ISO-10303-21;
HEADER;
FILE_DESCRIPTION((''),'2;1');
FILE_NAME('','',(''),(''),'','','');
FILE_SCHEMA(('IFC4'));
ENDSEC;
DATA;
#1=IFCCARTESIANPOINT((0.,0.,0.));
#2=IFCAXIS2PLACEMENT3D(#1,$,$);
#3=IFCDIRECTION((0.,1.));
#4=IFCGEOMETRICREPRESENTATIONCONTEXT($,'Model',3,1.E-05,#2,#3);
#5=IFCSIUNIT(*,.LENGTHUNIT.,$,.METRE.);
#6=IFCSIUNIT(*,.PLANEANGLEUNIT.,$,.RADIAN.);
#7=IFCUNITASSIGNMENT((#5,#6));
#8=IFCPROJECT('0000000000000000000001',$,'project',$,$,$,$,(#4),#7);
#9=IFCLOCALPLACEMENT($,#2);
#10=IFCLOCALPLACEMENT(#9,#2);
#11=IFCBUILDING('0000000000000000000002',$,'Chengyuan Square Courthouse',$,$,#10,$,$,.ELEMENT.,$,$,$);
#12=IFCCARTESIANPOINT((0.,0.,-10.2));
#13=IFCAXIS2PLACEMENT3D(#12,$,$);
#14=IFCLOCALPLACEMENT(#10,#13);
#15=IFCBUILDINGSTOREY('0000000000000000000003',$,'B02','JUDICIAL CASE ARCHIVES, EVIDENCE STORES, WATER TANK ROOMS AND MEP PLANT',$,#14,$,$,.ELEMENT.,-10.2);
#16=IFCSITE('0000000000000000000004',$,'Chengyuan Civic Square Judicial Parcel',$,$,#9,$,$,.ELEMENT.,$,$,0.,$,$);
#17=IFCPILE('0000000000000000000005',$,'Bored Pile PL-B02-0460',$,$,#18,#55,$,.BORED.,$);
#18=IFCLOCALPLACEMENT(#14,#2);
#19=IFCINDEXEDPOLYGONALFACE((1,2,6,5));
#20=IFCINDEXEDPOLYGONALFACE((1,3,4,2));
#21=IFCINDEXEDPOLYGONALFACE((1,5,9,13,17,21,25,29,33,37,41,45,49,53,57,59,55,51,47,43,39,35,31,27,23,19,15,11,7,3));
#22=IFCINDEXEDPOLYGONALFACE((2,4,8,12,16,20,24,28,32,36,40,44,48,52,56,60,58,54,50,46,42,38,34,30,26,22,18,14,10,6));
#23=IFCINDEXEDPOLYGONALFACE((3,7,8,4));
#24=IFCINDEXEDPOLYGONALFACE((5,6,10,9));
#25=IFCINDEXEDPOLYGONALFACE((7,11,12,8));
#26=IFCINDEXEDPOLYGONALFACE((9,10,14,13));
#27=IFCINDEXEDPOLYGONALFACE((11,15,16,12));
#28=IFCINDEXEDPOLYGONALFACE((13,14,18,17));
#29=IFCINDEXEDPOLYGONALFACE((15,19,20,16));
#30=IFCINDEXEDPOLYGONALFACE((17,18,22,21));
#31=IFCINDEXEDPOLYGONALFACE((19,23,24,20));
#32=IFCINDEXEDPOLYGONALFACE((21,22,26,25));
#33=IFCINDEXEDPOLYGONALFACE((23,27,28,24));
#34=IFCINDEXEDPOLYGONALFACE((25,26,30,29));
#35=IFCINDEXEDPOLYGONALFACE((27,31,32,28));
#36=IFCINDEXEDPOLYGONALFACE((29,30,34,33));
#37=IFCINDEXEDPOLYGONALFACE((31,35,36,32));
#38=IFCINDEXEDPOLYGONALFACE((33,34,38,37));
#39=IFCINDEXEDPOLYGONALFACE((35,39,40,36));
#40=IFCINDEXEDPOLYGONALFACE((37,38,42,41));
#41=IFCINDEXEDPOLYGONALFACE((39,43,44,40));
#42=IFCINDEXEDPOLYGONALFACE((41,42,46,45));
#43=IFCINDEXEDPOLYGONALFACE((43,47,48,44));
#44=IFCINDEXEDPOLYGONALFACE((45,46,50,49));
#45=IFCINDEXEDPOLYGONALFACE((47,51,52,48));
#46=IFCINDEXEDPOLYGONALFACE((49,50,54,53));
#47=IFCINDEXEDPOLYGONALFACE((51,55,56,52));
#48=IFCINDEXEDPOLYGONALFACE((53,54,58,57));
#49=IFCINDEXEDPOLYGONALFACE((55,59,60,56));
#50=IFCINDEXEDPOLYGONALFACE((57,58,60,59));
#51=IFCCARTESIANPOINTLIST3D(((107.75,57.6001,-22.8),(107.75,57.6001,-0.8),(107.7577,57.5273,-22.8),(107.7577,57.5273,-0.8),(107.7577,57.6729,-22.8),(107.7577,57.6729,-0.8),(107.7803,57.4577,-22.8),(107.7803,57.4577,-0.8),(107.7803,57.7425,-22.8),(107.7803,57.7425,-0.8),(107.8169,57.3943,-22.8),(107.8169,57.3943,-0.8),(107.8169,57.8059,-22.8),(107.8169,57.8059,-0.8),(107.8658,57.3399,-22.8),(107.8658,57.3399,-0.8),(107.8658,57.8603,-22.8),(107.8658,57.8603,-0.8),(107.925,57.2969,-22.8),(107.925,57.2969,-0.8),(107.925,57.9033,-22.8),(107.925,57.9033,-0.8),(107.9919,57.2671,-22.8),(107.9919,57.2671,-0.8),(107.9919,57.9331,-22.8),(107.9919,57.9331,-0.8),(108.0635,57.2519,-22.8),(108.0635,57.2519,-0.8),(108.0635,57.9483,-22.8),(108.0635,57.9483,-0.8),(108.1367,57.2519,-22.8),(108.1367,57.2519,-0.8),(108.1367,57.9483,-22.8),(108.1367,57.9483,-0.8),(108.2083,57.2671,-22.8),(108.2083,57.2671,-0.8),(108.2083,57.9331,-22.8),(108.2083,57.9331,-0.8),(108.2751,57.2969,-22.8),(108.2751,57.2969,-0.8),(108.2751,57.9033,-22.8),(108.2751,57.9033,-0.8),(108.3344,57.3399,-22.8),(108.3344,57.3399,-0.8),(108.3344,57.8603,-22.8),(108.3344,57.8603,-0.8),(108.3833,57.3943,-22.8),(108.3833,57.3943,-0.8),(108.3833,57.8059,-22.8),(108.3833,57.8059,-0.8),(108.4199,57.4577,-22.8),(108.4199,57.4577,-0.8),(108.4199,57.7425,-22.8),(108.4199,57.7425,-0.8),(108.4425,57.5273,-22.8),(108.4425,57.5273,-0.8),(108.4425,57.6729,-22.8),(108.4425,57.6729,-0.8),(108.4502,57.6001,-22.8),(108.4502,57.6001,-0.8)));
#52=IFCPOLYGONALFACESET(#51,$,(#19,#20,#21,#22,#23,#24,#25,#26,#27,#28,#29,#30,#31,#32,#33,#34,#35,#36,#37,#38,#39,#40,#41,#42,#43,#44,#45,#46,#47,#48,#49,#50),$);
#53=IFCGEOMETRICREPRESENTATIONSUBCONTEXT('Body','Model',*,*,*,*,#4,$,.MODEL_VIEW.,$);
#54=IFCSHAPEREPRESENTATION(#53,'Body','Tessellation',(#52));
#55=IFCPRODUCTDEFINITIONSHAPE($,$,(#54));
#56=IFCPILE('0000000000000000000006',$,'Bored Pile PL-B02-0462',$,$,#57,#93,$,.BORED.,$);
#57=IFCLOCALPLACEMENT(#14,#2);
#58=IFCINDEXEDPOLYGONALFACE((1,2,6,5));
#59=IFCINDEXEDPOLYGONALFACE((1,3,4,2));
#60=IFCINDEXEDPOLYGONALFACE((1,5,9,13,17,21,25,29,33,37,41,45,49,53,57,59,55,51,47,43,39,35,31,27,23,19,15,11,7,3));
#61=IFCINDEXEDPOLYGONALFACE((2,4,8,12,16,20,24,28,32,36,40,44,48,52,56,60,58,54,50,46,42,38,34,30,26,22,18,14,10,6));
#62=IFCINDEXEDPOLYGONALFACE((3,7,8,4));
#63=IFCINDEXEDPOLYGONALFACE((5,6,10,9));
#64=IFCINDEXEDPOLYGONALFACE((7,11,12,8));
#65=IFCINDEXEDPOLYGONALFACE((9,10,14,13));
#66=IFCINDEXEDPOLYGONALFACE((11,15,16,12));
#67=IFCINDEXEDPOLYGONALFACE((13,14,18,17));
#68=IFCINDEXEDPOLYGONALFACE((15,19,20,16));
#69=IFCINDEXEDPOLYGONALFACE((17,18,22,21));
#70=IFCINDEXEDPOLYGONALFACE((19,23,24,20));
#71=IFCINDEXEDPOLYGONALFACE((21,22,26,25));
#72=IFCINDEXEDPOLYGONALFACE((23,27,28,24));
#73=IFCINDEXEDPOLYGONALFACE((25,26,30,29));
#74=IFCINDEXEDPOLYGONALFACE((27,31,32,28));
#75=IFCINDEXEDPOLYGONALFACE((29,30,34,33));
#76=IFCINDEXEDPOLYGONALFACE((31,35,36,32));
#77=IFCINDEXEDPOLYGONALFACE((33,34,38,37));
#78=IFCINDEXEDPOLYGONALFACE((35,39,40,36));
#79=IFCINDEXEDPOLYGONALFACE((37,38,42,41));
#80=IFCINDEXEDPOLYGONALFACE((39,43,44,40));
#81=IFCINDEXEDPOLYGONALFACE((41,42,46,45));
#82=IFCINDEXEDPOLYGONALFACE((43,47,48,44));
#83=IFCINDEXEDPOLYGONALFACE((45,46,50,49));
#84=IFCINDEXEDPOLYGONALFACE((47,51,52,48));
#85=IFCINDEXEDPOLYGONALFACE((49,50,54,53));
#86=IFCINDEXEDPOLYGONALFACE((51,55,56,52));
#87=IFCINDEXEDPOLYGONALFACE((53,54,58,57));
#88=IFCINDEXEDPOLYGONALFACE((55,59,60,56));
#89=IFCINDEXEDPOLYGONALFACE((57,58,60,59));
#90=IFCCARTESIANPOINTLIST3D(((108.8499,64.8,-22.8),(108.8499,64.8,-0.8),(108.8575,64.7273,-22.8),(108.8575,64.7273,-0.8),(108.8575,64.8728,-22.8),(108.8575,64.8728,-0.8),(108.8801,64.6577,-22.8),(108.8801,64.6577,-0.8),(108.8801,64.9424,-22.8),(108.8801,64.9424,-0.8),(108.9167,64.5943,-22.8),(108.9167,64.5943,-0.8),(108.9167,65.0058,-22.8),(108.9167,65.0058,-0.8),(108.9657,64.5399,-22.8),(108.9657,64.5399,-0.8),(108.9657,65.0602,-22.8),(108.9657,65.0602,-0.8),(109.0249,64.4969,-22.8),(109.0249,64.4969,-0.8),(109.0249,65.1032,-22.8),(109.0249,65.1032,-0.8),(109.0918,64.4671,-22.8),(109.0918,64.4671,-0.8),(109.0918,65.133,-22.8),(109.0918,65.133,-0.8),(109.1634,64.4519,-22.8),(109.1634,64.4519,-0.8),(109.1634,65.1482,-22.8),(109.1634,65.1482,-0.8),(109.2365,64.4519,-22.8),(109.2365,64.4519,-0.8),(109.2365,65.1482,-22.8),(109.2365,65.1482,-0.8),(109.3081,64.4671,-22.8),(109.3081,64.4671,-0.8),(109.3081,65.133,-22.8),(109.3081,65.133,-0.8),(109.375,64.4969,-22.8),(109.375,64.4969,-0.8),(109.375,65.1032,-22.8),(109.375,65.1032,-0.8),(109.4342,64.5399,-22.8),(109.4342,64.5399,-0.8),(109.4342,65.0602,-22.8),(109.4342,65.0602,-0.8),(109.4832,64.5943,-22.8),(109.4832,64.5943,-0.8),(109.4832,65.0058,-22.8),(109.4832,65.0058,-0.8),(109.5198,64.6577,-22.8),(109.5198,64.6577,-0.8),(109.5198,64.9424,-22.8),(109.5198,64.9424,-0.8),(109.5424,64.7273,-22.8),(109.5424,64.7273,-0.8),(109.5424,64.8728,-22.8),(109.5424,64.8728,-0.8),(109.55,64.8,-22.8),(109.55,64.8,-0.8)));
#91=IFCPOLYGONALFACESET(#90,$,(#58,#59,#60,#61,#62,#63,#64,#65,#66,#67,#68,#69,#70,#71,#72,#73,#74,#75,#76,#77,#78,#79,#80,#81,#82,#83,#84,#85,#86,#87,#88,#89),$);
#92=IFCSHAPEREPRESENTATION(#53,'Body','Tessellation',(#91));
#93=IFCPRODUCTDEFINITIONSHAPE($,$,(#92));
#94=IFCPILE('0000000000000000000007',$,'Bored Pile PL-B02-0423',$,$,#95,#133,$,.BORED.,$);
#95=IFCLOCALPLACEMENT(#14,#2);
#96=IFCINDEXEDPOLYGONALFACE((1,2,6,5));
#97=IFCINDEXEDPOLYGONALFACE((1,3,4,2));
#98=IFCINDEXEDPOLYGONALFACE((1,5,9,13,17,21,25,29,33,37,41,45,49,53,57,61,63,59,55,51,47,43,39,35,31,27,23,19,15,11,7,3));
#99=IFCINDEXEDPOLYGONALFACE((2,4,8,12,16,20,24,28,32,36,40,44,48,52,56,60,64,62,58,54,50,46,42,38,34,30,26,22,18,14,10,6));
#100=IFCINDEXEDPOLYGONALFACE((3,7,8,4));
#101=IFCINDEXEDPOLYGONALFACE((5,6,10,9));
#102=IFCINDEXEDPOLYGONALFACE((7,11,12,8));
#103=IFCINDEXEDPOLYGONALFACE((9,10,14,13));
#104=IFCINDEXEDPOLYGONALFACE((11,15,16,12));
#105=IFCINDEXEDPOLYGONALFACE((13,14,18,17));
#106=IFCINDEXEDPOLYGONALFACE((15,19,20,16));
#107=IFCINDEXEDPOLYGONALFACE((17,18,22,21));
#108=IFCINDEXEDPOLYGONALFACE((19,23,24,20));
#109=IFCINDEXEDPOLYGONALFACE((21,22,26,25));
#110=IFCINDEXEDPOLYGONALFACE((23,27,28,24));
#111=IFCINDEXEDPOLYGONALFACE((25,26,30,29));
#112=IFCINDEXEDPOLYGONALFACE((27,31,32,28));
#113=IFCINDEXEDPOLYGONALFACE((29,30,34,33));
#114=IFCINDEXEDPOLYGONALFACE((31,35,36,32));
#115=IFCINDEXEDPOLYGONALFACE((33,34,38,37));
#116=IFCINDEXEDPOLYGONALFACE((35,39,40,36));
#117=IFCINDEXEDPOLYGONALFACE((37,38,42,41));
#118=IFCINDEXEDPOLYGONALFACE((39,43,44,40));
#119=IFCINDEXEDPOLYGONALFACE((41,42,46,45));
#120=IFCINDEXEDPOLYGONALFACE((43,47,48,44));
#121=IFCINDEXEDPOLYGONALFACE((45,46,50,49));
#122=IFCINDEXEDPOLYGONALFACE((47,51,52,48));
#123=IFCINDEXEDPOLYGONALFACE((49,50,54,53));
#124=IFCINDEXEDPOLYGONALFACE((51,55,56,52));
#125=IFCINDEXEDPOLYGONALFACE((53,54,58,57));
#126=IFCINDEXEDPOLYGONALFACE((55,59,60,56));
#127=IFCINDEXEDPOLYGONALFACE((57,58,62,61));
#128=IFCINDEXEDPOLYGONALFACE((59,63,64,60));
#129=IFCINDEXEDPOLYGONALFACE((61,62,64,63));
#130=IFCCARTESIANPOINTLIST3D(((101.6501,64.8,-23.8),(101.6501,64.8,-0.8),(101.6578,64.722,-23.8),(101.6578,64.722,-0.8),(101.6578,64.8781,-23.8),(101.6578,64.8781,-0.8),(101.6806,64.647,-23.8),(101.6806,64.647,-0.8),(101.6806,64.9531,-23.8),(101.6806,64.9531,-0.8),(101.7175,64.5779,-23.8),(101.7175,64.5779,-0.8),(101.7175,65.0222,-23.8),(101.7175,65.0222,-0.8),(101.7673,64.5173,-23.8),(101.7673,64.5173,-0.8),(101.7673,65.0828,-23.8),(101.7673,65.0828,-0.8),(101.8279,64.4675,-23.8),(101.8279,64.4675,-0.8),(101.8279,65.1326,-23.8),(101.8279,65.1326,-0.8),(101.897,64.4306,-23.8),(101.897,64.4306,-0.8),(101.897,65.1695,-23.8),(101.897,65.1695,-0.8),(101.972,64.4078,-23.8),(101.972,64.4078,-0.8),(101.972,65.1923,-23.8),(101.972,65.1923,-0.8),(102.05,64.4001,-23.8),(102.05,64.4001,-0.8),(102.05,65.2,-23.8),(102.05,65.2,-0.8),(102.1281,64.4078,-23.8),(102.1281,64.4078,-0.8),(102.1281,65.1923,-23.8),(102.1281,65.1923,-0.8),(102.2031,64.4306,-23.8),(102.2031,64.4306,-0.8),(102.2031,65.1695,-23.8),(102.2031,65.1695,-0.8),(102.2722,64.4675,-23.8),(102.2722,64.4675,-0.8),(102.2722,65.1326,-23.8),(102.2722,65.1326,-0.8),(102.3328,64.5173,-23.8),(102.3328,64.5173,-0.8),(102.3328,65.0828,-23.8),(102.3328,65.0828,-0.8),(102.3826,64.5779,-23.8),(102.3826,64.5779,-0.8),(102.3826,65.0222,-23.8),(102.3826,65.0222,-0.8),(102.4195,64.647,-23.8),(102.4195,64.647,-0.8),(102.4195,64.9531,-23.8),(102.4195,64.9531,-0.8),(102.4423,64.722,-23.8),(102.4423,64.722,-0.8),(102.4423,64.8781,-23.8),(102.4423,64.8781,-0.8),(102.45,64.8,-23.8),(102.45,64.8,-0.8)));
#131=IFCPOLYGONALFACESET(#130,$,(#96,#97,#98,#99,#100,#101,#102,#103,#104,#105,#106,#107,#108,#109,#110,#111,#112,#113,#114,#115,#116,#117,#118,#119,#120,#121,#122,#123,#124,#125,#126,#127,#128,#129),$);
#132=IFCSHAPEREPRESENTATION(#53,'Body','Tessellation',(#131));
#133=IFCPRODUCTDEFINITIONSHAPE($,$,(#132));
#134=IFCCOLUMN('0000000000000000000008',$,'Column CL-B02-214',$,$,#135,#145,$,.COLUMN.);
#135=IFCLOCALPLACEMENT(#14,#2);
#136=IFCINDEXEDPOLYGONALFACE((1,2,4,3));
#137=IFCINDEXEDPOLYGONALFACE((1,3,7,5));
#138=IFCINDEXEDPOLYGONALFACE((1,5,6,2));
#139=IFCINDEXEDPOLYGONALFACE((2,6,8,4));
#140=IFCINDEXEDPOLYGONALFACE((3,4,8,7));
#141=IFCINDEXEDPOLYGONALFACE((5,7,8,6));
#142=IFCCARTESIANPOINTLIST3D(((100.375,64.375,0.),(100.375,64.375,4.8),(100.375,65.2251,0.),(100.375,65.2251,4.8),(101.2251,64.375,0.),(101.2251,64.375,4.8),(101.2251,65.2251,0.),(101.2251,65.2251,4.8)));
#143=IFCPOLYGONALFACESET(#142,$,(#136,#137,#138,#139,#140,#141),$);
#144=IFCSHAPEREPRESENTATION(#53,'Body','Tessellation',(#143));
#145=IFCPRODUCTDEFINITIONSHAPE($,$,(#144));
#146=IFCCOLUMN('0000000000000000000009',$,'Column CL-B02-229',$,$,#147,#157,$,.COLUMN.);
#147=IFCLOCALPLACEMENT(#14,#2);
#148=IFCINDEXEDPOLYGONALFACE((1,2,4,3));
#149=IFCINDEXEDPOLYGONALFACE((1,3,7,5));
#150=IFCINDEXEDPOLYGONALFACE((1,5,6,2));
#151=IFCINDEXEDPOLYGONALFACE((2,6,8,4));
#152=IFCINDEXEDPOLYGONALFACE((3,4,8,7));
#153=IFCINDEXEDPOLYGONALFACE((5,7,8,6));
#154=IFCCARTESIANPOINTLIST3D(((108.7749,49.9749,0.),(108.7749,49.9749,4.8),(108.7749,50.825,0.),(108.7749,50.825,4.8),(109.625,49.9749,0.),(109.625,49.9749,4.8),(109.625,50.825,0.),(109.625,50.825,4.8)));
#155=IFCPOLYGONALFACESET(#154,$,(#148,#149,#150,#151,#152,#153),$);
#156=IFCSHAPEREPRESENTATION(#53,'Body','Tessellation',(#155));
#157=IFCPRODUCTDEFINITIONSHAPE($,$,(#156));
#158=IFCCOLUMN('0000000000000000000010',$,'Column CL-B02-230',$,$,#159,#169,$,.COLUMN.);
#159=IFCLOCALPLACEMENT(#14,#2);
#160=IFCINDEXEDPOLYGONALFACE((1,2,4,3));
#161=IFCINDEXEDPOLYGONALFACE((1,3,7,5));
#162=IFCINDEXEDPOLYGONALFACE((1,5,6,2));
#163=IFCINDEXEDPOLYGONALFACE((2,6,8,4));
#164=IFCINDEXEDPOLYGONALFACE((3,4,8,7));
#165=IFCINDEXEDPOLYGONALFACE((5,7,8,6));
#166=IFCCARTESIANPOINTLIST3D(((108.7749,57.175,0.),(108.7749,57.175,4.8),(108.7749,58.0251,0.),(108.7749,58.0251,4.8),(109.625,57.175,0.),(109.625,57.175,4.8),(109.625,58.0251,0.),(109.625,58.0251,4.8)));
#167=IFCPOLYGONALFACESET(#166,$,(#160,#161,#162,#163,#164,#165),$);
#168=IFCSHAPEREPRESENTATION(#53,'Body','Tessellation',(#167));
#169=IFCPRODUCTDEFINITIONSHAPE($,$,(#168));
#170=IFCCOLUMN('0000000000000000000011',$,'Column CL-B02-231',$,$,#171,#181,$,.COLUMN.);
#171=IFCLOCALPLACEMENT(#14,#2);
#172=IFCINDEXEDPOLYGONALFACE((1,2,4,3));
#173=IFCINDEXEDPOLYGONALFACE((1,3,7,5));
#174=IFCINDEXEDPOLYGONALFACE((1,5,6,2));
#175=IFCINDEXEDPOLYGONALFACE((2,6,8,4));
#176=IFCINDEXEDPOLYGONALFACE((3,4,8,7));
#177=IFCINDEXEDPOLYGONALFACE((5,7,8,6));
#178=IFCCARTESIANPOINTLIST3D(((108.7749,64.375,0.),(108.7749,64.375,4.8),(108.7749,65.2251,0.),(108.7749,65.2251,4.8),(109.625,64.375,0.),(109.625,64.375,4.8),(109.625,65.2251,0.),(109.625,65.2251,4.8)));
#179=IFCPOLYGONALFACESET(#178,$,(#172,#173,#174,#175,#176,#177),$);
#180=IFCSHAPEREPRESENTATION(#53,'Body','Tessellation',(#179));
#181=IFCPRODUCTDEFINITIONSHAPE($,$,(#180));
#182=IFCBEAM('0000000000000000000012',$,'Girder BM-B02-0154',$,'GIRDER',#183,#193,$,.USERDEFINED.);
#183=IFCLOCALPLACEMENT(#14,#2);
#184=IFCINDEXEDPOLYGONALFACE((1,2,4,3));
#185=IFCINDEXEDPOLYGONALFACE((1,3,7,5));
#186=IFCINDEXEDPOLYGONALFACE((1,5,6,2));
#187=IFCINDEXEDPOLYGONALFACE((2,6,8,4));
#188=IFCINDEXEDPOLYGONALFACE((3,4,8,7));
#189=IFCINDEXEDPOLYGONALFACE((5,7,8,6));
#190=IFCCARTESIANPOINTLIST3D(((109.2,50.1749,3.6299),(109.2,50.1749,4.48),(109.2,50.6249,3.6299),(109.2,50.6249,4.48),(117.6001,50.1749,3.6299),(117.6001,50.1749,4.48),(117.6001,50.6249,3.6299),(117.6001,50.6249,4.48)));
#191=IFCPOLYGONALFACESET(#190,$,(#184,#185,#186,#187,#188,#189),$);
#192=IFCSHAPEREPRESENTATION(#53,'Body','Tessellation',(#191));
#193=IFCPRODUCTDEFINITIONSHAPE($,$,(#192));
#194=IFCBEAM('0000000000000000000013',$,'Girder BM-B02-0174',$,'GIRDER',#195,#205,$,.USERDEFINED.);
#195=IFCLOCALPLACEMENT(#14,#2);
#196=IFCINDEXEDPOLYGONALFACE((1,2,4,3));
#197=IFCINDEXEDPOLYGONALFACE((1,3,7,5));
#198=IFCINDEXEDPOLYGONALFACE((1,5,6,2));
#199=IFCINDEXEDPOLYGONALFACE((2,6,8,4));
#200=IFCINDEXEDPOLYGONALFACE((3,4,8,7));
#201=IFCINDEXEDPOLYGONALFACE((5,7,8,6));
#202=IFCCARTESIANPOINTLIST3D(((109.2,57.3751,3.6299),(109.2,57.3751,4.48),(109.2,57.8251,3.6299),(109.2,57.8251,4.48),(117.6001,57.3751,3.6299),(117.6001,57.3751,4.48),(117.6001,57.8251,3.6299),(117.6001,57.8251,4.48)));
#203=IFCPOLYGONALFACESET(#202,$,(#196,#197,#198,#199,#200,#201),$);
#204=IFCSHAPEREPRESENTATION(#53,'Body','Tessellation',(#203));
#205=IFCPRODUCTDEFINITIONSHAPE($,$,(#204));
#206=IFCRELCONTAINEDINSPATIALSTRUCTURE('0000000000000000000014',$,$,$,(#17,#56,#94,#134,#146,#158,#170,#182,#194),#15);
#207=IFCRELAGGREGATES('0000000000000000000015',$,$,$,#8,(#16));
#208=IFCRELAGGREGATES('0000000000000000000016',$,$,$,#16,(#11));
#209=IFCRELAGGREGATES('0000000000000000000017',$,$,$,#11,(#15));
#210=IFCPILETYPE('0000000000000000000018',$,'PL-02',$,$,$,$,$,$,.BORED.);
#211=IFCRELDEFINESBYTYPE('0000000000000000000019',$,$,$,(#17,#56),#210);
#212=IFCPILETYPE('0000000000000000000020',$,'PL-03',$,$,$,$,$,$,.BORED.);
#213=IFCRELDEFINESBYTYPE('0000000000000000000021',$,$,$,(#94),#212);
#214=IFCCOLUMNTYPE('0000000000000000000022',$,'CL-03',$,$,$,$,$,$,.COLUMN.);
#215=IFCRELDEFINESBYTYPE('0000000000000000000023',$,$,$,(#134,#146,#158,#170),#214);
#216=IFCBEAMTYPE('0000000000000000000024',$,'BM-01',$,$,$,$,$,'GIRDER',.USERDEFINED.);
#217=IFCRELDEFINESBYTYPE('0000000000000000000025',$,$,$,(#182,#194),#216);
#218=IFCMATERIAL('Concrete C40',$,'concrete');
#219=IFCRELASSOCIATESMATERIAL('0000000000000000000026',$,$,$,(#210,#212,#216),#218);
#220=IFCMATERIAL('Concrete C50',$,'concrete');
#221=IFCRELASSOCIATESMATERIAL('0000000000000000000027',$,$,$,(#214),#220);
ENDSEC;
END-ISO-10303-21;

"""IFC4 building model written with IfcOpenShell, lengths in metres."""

from ifc_helpers import new_model, si_unit, direction, frame, origin, origin_2d, place, context, subcontext, project, spatial, rectangle, circle, extrude, material, material_profile, profile_set, type_object, element, save


model = new_model("IFC4")

# Units and contexts
model_context = context("Model", 3, precision=1e-05, world=origin(), true_north=direction((0.0, 1.0)))
body_context = subcontext(model_context, "Body", "Model", "MODEL_VIEW")
ifc_project = project(units=[si_unit("LENGTHUNIT", "METRE"), si_unit("PLANEANGLEUNIT", "RADIAN")], contexts=[model_context])

# Site, building, storey
site_placement = place(None, origin())
site = spatial("IfcSite", under=ifc_project, at=site_placement, Name="Chengyuan Civic Square Judicial Parcel", CompositionType="ELEMENT", RefElevation=0.0)
building_placement = place(site_placement, origin())
building = spatial("IfcBuilding", under=site, at=building_placement, Name="Chengyuan Square Courthouse", CompositionType="ELEMENT")
storey_placement = place(building_placement, frame((0.0, 0.0, -10.2)))
storey = spatial("IfcBuildingStorey", under=building, at=storey_placement, Name="B02", Description="JUDICIAL CASE ARCHIVES, EVIDENCE STORES, WATER TANK ROOMS AND MEP PLANT", CompositionType="ELEMENT", Elevation=-10.2)

# Shared definitions
ifc_material_1 = material(Name="Concrete C40", Category="concrete")

# Piles
ifc_material_profile_1 = material_profile(ifc_material_1, circle(Radius=0.3501, at=origin_2d()), Name="BORED PILE D700")
ifc_profile_set_1 = profile_set([ifc_material_profile_1], Name="Concrete C40")
pile_type_1 = type_object("IfcPileType", Name="PL-02", PredefinedType="BORED", material=ifc_profile_set_1)
for number, where, z_axis, x_axis, name in (
    (1, (108.1001, 57.6001, -0.8), (0.0, 0.0, -1.0), (1.0, 0.0, 0.0), "Bored Pile PL-B02-0460"),
    (2, (109.2, 64.8, -0.8), (0.0, 0.0, -1.0), (1.0, 0.0, 0.0), "Bored Pile PL-B02-0462"),
):
    element("IfcPile", number, at=place(storey_placement, frame(where, z_axis=z_axis, x_axis=x_axis)), inside=storey, type_object=pile_type_1, Name=name, PredefinedType="BORED", context=body_context, shape_type="SweptSolid", body=[
        extrude(circle(Radius=0.3501, at=origin_2d()), origin(), (0.0, 0.0, 1.0), 22.0),
    ])
ifc_material_profile_2 = material_profile(ifc_material_1, circle(Radius=0.3999, at=origin_2d()), Name="BORED PILE D800")
ifc_profile_set_2 = profile_set([ifc_material_profile_2], Name="Concrete C40")
pile_type_2 = type_object("IfcPileType", Name="PL-03", PredefinedType="BORED", material=ifc_profile_set_2)
pile_1_placement = place(storey_placement, frame((102.05, 64.8, -0.8), z_axis=(0.0, 0.0, -1.0), x_axis=(1.0, 0.0, 0.0)))
element("IfcPile", 3, at=pile_1_placement, inside=storey, type_object=pile_type_2, Name="Bored Pile PL-B02-0423", PredefinedType="BORED", context=body_context, shape_type="SweptSolid", body=[
    extrude(circle(Radius=0.3999, at=origin_2d()), origin(), (0.0, 0.0, 1.0), 23.0),
])

# Columns
ifc_material_2 = material(Name="Concrete C50", Category="concrete")
ifc_material_profile_3 = material_profile(ifc_material_2, rectangle(XDim=0.8501, YDim=0.8501, at=origin_2d()), Name="RC-COL-850x850")
ifc_profile_set_3 = profile_set([ifc_material_profile_3], Name="Concrete C50")
column_type = type_object("IfcColumnType", Name="CL-03", PredefinedType="COLUMN", material=ifc_profile_set_3)
for number, where, z_axis, x_axis, name in (
    (4, (100.8, 64.8, 0.0), (0.0, 0.0, 1.0), (1.0, 0.0, 0.0), "Column CL-B02-214"),
    (5, (109.2, 50.3999, 0.0), (0.0, 0.0, 1.0), (1.0, 0.0, 0.0), "Column CL-B02-229"),
    (6, (109.2, 57.6001, 0.0), (0.0, 0.0, 1.0), (1.0, 0.0, 0.0), "Column CL-B02-230"),
    (7, (109.2, 64.8, 0.0), (0.0, 0.0, 1.0), (1.0, 0.0, 0.0), "Column CL-B02-231"),
):
    element("IfcColumn", number, at=place(storey_placement, frame(where, z_axis=z_axis, x_axis=x_axis)), inside=storey, type_object=column_type, Name=name, PredefinedType="COLUMN", context=body_context, shape_type="SweptSolid", body=[
        extrude(rectangle(XDim=0.8501, YDim=0.8501, at=origin_2d()), origin(), (0.0, 0.0, 1.0), 4.8),
    ])

# Beams
ifc_material_profile_4 = material_profile(ifc_material_1, rectangle(XDim=0.45, YDim=0.8501, at=origin_2d()), Name="RC-BM-450x850")
ifc_profile_set_4 = profile_set([ifc_material_profile_4], Name="Concrete C40")
beam_type_1 = type_object("IfcBeamType", Name="BM-01", ElementType="GIRDER", PredefinedType="USERDEFINED", material=ifc_profile_set_4)
for number, where, z_axis, x_axis, name in (
    (8, (109.2, 50.3999, 4.0549), (1.0, 0.0, 0.0), (0.0, 1.0, 0.0), "Girder BM-B02-0154"),
    (9, (109.2, 57.6001, 4.0549), (1.0, 0.0, 0.0), (0.0, 1.0, 0.0), "Girder BM-B02-0174"),
):
    element("IfcBeam", number, at=place(storey_placement, frame(where, z_axis=z_axis, x_axis=x_axis)), inside=storey, type_object=beam_type_1, Name=name, ObjectType="GIRDER", PredefinedType="USERDEFINED", context=body_context, shape_type="SweptSolid", body=[
        extrude(rectangle(XDim=0.45, YDim=0.8501, at=origin_2d()), origin(), (0.0, 0.0, 1.0), 8.4001),
    ])

save(model, "model.ifc")
